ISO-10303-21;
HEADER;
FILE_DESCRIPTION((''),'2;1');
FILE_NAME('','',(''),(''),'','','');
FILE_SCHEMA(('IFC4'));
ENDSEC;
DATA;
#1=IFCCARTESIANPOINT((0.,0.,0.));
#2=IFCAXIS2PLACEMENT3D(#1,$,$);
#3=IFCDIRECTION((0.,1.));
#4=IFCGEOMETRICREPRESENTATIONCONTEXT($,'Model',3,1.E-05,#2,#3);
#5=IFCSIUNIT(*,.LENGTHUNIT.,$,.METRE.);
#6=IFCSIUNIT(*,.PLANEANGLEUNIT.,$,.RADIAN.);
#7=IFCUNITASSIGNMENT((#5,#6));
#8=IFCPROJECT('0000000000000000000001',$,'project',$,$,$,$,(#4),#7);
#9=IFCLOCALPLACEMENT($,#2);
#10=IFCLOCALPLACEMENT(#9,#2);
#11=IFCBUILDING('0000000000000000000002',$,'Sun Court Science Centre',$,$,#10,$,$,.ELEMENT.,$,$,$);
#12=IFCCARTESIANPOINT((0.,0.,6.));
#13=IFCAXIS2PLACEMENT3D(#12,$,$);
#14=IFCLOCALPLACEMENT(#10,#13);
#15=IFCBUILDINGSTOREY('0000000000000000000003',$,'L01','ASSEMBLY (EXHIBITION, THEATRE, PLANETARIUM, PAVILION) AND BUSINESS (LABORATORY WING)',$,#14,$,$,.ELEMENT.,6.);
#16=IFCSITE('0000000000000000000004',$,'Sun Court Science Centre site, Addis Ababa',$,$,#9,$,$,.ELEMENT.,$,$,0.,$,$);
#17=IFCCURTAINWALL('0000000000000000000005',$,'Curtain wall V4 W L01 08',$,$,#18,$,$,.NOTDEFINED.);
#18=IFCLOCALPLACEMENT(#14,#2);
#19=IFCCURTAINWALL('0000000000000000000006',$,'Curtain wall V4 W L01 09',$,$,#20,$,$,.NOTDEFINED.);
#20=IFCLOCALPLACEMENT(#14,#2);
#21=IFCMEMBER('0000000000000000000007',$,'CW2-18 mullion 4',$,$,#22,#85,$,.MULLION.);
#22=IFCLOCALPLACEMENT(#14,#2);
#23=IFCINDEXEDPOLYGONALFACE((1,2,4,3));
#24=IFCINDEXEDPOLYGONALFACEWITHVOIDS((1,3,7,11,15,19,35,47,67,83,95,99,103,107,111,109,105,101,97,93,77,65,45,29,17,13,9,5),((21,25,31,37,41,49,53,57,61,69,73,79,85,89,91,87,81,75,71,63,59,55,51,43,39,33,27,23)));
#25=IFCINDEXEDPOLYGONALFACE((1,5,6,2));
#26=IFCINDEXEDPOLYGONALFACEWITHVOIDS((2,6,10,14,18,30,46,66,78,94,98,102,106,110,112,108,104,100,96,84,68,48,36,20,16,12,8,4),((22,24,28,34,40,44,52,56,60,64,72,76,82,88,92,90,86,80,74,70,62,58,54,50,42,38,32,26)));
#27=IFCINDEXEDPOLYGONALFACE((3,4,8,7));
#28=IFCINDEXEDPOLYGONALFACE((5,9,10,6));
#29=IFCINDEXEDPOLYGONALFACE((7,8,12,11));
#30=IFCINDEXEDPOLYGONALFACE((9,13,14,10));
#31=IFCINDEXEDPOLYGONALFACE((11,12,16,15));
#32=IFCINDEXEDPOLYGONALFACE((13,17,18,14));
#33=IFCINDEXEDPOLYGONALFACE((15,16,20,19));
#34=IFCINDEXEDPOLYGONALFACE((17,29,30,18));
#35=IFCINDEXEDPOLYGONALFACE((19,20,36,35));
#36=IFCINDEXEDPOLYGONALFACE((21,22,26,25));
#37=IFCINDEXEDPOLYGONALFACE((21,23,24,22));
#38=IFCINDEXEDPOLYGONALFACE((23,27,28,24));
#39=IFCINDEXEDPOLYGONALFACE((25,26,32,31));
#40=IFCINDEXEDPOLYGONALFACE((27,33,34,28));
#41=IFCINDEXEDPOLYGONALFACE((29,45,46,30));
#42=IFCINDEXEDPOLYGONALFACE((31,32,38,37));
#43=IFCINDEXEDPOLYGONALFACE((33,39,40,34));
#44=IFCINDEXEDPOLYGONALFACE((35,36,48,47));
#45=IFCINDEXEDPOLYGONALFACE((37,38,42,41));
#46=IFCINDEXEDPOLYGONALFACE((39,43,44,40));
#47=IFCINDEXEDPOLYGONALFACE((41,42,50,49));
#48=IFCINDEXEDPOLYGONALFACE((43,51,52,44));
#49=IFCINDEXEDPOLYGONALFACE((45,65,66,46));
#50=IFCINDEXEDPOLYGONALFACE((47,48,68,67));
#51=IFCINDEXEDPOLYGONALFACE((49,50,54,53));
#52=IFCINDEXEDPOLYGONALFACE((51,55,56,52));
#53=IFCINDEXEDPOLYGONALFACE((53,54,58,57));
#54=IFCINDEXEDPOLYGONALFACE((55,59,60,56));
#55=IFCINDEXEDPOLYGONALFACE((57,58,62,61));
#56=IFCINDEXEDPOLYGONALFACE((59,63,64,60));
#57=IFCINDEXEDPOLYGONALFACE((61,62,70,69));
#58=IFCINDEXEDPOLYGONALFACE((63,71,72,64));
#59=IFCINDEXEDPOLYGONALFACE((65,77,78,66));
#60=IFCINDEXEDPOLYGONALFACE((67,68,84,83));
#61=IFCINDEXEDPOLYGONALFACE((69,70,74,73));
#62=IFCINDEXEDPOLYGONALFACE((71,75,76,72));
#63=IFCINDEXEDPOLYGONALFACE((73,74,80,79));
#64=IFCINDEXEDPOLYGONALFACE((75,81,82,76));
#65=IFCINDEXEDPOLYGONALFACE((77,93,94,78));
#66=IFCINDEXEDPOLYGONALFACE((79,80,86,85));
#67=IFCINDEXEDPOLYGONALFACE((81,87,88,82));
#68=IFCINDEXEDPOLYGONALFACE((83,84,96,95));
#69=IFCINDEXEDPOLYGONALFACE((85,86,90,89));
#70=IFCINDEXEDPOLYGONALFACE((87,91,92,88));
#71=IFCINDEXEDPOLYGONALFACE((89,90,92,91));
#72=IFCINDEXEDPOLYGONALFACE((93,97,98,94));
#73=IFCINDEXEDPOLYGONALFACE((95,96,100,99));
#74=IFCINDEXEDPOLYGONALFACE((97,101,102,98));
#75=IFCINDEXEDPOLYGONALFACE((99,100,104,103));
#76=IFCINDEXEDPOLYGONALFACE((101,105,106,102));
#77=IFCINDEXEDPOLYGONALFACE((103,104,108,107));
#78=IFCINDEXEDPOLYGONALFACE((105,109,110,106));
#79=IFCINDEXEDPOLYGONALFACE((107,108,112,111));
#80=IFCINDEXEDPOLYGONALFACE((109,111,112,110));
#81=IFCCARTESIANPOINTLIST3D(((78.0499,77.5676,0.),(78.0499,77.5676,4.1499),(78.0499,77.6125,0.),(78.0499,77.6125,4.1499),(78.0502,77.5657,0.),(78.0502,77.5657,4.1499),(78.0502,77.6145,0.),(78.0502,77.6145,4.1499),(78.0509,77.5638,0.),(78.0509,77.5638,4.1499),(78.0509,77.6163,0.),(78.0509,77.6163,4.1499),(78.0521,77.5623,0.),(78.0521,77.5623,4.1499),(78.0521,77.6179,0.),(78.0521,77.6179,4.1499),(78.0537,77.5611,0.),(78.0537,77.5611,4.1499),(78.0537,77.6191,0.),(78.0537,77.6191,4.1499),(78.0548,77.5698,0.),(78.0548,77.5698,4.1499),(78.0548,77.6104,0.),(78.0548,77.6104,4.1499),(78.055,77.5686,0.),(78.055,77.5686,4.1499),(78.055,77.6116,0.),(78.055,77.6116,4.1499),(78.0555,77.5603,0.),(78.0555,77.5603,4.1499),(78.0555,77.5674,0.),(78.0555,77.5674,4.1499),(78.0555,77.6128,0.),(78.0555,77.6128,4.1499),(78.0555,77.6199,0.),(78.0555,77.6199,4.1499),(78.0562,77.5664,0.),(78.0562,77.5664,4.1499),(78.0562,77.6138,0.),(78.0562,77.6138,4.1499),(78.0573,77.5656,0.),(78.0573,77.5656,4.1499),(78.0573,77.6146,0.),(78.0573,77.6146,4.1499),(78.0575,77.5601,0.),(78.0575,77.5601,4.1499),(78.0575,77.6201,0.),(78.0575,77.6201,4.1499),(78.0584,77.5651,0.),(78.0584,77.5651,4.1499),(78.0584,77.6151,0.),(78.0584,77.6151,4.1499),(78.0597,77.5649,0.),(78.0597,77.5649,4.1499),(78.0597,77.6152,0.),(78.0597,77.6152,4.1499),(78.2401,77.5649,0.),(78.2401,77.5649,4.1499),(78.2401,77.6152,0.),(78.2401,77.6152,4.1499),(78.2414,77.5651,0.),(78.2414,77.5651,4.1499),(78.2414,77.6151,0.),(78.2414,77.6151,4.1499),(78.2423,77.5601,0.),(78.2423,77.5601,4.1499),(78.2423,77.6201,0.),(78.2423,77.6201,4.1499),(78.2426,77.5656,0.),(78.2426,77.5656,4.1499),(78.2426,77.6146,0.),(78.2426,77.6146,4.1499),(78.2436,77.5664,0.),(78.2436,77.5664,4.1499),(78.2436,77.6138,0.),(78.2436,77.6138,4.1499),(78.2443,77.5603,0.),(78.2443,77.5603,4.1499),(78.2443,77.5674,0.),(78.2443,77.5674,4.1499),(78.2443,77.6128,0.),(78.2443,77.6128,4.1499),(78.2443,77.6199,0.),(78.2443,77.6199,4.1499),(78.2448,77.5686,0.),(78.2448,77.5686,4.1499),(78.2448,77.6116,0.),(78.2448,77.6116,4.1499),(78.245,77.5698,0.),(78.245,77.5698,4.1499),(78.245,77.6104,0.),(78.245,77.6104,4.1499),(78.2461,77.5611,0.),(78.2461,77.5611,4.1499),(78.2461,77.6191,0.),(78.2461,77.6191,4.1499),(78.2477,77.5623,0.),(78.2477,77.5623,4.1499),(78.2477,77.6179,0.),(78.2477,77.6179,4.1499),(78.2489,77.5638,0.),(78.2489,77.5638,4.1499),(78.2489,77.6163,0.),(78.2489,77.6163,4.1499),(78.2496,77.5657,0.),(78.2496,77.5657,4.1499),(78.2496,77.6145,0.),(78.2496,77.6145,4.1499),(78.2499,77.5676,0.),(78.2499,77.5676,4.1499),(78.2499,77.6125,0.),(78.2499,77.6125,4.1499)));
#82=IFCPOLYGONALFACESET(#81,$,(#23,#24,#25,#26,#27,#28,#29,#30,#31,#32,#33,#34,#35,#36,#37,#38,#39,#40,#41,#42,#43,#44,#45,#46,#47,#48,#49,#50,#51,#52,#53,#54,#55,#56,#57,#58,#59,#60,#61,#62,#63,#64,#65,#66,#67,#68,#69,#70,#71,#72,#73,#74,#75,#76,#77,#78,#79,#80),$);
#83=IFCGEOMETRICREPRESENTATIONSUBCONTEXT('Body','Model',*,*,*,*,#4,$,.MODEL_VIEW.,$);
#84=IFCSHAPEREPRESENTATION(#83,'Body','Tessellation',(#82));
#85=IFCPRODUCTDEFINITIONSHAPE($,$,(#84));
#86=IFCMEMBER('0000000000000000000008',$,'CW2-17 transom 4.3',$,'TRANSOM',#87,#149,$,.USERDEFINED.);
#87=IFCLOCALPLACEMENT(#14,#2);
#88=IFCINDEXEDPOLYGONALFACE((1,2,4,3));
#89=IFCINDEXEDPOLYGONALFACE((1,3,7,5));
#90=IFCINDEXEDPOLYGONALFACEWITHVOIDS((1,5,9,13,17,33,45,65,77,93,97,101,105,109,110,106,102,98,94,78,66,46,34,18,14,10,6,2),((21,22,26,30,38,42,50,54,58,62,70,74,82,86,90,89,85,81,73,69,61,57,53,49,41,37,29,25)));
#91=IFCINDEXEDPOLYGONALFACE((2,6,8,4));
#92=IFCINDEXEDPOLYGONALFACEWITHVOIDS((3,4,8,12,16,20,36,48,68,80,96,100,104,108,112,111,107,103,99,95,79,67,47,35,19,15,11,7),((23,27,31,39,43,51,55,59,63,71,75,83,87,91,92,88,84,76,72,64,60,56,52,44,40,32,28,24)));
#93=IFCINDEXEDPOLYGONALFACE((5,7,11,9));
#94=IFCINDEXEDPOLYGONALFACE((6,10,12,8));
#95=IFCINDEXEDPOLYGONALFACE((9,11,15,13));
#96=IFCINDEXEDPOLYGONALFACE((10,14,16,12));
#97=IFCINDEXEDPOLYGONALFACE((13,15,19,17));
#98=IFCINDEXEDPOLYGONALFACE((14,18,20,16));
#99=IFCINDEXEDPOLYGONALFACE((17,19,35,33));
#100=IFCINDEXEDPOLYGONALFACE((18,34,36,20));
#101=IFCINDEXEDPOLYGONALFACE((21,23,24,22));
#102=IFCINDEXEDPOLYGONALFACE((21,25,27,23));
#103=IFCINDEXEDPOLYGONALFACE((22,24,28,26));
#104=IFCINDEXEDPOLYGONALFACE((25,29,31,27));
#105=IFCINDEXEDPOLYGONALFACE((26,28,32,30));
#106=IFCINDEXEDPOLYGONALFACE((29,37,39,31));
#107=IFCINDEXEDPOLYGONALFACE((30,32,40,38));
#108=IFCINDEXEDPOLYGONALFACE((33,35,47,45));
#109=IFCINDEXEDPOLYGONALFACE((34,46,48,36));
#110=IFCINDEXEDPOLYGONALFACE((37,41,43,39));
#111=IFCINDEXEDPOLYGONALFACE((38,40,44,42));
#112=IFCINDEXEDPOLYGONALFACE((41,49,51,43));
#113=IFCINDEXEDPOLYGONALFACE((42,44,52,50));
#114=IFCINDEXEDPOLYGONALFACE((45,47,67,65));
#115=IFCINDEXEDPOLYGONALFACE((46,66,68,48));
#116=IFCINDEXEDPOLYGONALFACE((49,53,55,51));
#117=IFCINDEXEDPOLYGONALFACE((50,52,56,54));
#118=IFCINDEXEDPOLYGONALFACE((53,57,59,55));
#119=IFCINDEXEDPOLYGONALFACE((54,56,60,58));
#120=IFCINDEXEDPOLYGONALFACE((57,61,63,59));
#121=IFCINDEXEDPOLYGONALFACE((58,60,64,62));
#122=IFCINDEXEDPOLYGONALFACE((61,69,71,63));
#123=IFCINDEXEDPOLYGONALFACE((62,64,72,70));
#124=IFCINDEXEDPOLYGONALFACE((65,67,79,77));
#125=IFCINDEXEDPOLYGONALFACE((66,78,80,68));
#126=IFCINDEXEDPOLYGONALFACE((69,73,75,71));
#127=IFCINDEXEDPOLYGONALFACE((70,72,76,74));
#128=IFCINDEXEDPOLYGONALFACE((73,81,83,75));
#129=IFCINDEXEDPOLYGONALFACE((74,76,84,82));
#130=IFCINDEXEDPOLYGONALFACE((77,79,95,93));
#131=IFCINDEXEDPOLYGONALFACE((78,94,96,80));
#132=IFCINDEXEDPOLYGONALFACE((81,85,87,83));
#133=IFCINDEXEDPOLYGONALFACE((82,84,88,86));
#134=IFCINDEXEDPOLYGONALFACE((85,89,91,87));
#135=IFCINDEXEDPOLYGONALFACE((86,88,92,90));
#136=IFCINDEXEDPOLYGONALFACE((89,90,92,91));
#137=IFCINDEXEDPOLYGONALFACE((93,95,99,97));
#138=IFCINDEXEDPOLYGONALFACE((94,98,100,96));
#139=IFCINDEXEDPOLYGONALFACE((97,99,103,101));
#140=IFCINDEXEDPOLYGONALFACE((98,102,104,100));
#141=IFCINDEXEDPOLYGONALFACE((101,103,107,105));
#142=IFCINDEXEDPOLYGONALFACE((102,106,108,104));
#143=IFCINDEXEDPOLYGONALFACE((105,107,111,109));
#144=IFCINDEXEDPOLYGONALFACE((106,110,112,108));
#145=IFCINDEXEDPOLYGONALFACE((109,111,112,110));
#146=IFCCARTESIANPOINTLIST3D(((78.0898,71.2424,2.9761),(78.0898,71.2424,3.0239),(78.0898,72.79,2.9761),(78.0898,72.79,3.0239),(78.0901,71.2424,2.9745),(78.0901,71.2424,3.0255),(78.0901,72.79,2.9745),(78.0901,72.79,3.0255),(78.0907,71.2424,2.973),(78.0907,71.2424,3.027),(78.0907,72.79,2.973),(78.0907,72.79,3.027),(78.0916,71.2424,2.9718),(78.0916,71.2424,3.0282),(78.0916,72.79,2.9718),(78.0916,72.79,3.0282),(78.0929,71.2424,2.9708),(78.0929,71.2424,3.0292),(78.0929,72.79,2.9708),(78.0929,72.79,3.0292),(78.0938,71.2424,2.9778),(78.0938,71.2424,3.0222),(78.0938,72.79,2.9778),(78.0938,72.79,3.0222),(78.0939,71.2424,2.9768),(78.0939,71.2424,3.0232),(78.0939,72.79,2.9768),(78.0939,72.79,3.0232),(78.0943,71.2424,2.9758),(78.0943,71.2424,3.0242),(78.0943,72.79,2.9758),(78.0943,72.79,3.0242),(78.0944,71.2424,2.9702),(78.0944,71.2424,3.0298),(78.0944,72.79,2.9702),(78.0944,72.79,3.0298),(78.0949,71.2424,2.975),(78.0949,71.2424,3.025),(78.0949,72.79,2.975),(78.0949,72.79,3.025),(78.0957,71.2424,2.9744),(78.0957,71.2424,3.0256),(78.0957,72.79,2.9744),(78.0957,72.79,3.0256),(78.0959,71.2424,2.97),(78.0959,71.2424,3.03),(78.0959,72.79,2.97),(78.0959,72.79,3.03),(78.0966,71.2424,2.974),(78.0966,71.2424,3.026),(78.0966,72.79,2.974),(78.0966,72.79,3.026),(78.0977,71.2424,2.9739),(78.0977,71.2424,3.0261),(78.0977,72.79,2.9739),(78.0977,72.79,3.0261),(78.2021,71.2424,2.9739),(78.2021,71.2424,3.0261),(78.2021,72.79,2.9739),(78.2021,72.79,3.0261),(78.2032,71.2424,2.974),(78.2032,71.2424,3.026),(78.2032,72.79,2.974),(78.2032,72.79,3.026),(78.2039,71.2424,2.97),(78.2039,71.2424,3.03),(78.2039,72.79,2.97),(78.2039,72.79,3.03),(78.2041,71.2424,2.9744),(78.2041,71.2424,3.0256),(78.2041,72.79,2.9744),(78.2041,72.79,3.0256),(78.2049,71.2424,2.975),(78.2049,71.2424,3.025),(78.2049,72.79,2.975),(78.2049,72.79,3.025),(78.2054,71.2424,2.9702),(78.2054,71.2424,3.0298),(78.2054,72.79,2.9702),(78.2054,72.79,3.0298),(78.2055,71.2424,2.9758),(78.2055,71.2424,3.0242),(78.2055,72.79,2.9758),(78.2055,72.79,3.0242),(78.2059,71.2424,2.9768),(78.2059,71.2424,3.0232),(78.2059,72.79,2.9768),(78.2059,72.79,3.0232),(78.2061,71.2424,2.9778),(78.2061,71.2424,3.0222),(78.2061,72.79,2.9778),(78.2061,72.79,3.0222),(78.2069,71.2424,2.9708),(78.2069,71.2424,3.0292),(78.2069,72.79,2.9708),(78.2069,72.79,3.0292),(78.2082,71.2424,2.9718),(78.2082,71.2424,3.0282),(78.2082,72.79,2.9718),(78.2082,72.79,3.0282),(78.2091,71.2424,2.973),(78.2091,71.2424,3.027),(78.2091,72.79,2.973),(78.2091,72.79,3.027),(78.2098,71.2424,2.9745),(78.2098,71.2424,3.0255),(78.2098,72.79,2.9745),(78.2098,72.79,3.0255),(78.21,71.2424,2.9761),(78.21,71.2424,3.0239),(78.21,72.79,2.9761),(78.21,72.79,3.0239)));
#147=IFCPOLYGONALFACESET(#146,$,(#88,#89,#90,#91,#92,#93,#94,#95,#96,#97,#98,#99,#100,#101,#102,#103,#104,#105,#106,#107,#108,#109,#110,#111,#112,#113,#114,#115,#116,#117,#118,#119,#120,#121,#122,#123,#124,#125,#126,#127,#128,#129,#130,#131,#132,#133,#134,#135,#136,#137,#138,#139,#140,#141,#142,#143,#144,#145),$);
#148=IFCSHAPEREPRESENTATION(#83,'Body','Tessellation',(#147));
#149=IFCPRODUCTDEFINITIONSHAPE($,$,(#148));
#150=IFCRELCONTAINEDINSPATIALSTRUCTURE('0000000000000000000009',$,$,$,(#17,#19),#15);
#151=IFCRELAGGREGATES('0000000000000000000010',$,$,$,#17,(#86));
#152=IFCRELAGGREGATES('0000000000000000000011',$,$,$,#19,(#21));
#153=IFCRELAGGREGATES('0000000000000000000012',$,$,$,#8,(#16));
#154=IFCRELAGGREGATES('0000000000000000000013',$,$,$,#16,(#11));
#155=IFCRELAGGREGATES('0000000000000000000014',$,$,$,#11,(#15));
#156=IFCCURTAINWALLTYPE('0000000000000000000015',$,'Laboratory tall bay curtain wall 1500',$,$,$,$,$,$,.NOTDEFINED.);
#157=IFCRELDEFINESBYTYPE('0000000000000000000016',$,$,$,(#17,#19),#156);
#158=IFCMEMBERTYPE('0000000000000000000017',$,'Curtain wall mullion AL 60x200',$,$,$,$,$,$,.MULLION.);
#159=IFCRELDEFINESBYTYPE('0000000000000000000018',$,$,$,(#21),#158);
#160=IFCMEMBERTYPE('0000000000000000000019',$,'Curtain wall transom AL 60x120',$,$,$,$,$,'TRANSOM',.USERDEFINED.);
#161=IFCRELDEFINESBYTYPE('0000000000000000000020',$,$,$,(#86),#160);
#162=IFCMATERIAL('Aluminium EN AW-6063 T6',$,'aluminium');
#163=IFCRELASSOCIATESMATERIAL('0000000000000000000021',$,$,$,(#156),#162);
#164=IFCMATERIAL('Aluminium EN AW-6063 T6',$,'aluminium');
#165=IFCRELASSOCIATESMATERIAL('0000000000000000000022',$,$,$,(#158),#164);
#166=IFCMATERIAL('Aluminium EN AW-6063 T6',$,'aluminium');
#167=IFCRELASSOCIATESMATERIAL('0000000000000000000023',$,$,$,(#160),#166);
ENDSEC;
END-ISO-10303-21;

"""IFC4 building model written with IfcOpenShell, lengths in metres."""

from ifc_helpers import new_model, si_unit, direction, frame, origin, origin_2d, place, context, subcontext, project, spatial, hollow_rectangle, extrude, material, material_profile, profile_set, type_object, element, aggregate, save


model = new_model("IFC4")

# Units and contexts
model_context = context("Model", 3, precision=1e-05, world=origin(), true_north=direction((0.0, 1.0)))
body_context = subcontext(model_context, "Body", "Model", "MODEL_VIEW")
ifc_project = project(units=[si_unit("LENGTHUNIT", "METRE"), si_unit("PLANEANGLEUNIT", "RADIAN")], contexts=[model_context])

# Site, building, storey
site_placement = place(None, origin())
site = spatial("IfcSite", under=ifc_project, at=site_placement, Name="Sun Court Science Centre site, Addis Ababa", CompositionType="ELEMENT", RefElevation=0.0)
building_placement = place(site_placement, origin())
building = spatial("IfcBuilding", under=site, at=building_placement, Name="Sun Court Science Centre", CompositionType="ELEMENT")
storey_placement = place(building_placement, frame((0.0, 0.0, 6.0)))
storey = spatial("IfcBuildingStorey", under=building, at=storey_placement, Name="L01", Description="ASSEMBLY (EXHIBITION, THEATRE, PLANETARIUM, PAVILION) AND BUSINESS (LABORATORY WING)", CompositionType="ELEMENT", Elevation=6.0)

# Curtain wall
ifc_material_1 = material(Name="Aluminium EN AW-6063 T6", Category="aluminium")
curtain_wall_type = type_object("IfcCurtainWallType", Name="Laboratory tall bay curtain wall 1500", PredefinedType="NOTDEFINED", material=ifc_material_1)
curtain_wall_1_placement = place(storey_placement, origin())
curtain_wall_1 = element("IfcCurtainWall", 1, at=curtain_wall_1_placement, inside=storey, type_object=curtain_wall_type, Name="Curtain wall V4 W L01 08", PredefinedType="NOTDEFINED")
ifc_material_2 = material(Name="Aluminium EN AW-6063 T6", Category="aluminium")
ifc_material_profile_1 = material_profile(ifc_material_2, hollow_rectangle(XDim=0.0601, YDim=0.2, WallThickness=0.0049, InnerFilletRadius=0.0049, OuterFilletRadius=0.0076, at=origin_2d()), Name="AL 60x200x5")
ifc_profile_set_1 = profile_set([ifc_material_profile_1], Name="Aluminium EN AW-6063 T6")
member_type_1 = type_object("IfcMemberType", Name="Curtain wall mullion AL 60x200", PredefinedType="MULLION", material=ifc_profile_set_1)

# Curtain wall, member
curtain_wall_2_placement = place(storey_placement, origin())
curtain_wall_2 = element("IfcCurtainWall", 2, at=curtain_wall_2_placement, inside=storey, type_object=curtain_wall_type, Name="Curtain wall V4 W L01 09", PredefinedType="NOTDEFINED")
member_1_placement = place(storey_placement, frame((78.1499, 77.5901, 0.0), z_axis=(0.0, 0.0, 1.0), x_axis=(0.0, 1.0, 0.0)))
member_1 = element("IfcMember", 3, at=member_1_placement, type_object=member_type_1, Name="CW2-18 mullion 4", PredefinedType="MULLION", context=body_context, shape_type="SweptSolid", body=[
    extrude(hollow_rectangle(XDim=0.0601, YDim=0.2, WallThickness=0.0049, InnerFilletRadius=0.0049, OuterFilletRadius=0.0076, at=origin_2d()), origin(), (0.0, 0.0, 1.0), 4.1499),
])

# Member
ifc_material_3 = material(Name="Aluminium EN AW-6063 T6", Category="aluminium")
ifc_material_profile_2 = material_profile(ifc_material_3, hollow_rectangle(XDim=0.0601, YDim=0.1201, WallThickness=0.0039, InnerFilletRadius=0.0039, OuterFilletRadius=0.0061, at=origin_2d()), Name="AL 60x120x4")
ifc_profile_set_2 = profile_set([ifc_material_profile_2], Name="Aluminium EN AW-6063 T6")
member_type_2 = type_object("IfcMemberType", Name="Curtain wall transom AL 60x120", ElementType="TRANSOM", PredefinedType="USERDEFINED", material=ifc_profile_set_2)
member_2_placement = place(storey_placement, frame((78.1499, 71.2424, 3.0), z_axis=(0.0, 1.0, 0.0), x_axis=(0.0, 0.0, 1.0)))
member_2 = element("IfcMember", 4, at=member_2_placement, type_object=member_type_2, Name="CW2-17 transom 4.3", ObjectType="TRANSOM", PredefinedType="USERDEFINED", context=body_context, shape_type="SweptSolid", body=[
    extrude(hollow_rectangle(XDim=0.0601, YDim=0.1201, WallThickness=0.0039, InnerFilletRadius=0.0039, OuterFilletRadius=0.0061, at=origin_2d()), origin(), (0.0, 0.0, 1.0), 1.5476),
])

aggregate(curtain_wall_1, [member_2])
aggregate(curtain_wall_2, [member_1])

save(model, "model.ifc")
